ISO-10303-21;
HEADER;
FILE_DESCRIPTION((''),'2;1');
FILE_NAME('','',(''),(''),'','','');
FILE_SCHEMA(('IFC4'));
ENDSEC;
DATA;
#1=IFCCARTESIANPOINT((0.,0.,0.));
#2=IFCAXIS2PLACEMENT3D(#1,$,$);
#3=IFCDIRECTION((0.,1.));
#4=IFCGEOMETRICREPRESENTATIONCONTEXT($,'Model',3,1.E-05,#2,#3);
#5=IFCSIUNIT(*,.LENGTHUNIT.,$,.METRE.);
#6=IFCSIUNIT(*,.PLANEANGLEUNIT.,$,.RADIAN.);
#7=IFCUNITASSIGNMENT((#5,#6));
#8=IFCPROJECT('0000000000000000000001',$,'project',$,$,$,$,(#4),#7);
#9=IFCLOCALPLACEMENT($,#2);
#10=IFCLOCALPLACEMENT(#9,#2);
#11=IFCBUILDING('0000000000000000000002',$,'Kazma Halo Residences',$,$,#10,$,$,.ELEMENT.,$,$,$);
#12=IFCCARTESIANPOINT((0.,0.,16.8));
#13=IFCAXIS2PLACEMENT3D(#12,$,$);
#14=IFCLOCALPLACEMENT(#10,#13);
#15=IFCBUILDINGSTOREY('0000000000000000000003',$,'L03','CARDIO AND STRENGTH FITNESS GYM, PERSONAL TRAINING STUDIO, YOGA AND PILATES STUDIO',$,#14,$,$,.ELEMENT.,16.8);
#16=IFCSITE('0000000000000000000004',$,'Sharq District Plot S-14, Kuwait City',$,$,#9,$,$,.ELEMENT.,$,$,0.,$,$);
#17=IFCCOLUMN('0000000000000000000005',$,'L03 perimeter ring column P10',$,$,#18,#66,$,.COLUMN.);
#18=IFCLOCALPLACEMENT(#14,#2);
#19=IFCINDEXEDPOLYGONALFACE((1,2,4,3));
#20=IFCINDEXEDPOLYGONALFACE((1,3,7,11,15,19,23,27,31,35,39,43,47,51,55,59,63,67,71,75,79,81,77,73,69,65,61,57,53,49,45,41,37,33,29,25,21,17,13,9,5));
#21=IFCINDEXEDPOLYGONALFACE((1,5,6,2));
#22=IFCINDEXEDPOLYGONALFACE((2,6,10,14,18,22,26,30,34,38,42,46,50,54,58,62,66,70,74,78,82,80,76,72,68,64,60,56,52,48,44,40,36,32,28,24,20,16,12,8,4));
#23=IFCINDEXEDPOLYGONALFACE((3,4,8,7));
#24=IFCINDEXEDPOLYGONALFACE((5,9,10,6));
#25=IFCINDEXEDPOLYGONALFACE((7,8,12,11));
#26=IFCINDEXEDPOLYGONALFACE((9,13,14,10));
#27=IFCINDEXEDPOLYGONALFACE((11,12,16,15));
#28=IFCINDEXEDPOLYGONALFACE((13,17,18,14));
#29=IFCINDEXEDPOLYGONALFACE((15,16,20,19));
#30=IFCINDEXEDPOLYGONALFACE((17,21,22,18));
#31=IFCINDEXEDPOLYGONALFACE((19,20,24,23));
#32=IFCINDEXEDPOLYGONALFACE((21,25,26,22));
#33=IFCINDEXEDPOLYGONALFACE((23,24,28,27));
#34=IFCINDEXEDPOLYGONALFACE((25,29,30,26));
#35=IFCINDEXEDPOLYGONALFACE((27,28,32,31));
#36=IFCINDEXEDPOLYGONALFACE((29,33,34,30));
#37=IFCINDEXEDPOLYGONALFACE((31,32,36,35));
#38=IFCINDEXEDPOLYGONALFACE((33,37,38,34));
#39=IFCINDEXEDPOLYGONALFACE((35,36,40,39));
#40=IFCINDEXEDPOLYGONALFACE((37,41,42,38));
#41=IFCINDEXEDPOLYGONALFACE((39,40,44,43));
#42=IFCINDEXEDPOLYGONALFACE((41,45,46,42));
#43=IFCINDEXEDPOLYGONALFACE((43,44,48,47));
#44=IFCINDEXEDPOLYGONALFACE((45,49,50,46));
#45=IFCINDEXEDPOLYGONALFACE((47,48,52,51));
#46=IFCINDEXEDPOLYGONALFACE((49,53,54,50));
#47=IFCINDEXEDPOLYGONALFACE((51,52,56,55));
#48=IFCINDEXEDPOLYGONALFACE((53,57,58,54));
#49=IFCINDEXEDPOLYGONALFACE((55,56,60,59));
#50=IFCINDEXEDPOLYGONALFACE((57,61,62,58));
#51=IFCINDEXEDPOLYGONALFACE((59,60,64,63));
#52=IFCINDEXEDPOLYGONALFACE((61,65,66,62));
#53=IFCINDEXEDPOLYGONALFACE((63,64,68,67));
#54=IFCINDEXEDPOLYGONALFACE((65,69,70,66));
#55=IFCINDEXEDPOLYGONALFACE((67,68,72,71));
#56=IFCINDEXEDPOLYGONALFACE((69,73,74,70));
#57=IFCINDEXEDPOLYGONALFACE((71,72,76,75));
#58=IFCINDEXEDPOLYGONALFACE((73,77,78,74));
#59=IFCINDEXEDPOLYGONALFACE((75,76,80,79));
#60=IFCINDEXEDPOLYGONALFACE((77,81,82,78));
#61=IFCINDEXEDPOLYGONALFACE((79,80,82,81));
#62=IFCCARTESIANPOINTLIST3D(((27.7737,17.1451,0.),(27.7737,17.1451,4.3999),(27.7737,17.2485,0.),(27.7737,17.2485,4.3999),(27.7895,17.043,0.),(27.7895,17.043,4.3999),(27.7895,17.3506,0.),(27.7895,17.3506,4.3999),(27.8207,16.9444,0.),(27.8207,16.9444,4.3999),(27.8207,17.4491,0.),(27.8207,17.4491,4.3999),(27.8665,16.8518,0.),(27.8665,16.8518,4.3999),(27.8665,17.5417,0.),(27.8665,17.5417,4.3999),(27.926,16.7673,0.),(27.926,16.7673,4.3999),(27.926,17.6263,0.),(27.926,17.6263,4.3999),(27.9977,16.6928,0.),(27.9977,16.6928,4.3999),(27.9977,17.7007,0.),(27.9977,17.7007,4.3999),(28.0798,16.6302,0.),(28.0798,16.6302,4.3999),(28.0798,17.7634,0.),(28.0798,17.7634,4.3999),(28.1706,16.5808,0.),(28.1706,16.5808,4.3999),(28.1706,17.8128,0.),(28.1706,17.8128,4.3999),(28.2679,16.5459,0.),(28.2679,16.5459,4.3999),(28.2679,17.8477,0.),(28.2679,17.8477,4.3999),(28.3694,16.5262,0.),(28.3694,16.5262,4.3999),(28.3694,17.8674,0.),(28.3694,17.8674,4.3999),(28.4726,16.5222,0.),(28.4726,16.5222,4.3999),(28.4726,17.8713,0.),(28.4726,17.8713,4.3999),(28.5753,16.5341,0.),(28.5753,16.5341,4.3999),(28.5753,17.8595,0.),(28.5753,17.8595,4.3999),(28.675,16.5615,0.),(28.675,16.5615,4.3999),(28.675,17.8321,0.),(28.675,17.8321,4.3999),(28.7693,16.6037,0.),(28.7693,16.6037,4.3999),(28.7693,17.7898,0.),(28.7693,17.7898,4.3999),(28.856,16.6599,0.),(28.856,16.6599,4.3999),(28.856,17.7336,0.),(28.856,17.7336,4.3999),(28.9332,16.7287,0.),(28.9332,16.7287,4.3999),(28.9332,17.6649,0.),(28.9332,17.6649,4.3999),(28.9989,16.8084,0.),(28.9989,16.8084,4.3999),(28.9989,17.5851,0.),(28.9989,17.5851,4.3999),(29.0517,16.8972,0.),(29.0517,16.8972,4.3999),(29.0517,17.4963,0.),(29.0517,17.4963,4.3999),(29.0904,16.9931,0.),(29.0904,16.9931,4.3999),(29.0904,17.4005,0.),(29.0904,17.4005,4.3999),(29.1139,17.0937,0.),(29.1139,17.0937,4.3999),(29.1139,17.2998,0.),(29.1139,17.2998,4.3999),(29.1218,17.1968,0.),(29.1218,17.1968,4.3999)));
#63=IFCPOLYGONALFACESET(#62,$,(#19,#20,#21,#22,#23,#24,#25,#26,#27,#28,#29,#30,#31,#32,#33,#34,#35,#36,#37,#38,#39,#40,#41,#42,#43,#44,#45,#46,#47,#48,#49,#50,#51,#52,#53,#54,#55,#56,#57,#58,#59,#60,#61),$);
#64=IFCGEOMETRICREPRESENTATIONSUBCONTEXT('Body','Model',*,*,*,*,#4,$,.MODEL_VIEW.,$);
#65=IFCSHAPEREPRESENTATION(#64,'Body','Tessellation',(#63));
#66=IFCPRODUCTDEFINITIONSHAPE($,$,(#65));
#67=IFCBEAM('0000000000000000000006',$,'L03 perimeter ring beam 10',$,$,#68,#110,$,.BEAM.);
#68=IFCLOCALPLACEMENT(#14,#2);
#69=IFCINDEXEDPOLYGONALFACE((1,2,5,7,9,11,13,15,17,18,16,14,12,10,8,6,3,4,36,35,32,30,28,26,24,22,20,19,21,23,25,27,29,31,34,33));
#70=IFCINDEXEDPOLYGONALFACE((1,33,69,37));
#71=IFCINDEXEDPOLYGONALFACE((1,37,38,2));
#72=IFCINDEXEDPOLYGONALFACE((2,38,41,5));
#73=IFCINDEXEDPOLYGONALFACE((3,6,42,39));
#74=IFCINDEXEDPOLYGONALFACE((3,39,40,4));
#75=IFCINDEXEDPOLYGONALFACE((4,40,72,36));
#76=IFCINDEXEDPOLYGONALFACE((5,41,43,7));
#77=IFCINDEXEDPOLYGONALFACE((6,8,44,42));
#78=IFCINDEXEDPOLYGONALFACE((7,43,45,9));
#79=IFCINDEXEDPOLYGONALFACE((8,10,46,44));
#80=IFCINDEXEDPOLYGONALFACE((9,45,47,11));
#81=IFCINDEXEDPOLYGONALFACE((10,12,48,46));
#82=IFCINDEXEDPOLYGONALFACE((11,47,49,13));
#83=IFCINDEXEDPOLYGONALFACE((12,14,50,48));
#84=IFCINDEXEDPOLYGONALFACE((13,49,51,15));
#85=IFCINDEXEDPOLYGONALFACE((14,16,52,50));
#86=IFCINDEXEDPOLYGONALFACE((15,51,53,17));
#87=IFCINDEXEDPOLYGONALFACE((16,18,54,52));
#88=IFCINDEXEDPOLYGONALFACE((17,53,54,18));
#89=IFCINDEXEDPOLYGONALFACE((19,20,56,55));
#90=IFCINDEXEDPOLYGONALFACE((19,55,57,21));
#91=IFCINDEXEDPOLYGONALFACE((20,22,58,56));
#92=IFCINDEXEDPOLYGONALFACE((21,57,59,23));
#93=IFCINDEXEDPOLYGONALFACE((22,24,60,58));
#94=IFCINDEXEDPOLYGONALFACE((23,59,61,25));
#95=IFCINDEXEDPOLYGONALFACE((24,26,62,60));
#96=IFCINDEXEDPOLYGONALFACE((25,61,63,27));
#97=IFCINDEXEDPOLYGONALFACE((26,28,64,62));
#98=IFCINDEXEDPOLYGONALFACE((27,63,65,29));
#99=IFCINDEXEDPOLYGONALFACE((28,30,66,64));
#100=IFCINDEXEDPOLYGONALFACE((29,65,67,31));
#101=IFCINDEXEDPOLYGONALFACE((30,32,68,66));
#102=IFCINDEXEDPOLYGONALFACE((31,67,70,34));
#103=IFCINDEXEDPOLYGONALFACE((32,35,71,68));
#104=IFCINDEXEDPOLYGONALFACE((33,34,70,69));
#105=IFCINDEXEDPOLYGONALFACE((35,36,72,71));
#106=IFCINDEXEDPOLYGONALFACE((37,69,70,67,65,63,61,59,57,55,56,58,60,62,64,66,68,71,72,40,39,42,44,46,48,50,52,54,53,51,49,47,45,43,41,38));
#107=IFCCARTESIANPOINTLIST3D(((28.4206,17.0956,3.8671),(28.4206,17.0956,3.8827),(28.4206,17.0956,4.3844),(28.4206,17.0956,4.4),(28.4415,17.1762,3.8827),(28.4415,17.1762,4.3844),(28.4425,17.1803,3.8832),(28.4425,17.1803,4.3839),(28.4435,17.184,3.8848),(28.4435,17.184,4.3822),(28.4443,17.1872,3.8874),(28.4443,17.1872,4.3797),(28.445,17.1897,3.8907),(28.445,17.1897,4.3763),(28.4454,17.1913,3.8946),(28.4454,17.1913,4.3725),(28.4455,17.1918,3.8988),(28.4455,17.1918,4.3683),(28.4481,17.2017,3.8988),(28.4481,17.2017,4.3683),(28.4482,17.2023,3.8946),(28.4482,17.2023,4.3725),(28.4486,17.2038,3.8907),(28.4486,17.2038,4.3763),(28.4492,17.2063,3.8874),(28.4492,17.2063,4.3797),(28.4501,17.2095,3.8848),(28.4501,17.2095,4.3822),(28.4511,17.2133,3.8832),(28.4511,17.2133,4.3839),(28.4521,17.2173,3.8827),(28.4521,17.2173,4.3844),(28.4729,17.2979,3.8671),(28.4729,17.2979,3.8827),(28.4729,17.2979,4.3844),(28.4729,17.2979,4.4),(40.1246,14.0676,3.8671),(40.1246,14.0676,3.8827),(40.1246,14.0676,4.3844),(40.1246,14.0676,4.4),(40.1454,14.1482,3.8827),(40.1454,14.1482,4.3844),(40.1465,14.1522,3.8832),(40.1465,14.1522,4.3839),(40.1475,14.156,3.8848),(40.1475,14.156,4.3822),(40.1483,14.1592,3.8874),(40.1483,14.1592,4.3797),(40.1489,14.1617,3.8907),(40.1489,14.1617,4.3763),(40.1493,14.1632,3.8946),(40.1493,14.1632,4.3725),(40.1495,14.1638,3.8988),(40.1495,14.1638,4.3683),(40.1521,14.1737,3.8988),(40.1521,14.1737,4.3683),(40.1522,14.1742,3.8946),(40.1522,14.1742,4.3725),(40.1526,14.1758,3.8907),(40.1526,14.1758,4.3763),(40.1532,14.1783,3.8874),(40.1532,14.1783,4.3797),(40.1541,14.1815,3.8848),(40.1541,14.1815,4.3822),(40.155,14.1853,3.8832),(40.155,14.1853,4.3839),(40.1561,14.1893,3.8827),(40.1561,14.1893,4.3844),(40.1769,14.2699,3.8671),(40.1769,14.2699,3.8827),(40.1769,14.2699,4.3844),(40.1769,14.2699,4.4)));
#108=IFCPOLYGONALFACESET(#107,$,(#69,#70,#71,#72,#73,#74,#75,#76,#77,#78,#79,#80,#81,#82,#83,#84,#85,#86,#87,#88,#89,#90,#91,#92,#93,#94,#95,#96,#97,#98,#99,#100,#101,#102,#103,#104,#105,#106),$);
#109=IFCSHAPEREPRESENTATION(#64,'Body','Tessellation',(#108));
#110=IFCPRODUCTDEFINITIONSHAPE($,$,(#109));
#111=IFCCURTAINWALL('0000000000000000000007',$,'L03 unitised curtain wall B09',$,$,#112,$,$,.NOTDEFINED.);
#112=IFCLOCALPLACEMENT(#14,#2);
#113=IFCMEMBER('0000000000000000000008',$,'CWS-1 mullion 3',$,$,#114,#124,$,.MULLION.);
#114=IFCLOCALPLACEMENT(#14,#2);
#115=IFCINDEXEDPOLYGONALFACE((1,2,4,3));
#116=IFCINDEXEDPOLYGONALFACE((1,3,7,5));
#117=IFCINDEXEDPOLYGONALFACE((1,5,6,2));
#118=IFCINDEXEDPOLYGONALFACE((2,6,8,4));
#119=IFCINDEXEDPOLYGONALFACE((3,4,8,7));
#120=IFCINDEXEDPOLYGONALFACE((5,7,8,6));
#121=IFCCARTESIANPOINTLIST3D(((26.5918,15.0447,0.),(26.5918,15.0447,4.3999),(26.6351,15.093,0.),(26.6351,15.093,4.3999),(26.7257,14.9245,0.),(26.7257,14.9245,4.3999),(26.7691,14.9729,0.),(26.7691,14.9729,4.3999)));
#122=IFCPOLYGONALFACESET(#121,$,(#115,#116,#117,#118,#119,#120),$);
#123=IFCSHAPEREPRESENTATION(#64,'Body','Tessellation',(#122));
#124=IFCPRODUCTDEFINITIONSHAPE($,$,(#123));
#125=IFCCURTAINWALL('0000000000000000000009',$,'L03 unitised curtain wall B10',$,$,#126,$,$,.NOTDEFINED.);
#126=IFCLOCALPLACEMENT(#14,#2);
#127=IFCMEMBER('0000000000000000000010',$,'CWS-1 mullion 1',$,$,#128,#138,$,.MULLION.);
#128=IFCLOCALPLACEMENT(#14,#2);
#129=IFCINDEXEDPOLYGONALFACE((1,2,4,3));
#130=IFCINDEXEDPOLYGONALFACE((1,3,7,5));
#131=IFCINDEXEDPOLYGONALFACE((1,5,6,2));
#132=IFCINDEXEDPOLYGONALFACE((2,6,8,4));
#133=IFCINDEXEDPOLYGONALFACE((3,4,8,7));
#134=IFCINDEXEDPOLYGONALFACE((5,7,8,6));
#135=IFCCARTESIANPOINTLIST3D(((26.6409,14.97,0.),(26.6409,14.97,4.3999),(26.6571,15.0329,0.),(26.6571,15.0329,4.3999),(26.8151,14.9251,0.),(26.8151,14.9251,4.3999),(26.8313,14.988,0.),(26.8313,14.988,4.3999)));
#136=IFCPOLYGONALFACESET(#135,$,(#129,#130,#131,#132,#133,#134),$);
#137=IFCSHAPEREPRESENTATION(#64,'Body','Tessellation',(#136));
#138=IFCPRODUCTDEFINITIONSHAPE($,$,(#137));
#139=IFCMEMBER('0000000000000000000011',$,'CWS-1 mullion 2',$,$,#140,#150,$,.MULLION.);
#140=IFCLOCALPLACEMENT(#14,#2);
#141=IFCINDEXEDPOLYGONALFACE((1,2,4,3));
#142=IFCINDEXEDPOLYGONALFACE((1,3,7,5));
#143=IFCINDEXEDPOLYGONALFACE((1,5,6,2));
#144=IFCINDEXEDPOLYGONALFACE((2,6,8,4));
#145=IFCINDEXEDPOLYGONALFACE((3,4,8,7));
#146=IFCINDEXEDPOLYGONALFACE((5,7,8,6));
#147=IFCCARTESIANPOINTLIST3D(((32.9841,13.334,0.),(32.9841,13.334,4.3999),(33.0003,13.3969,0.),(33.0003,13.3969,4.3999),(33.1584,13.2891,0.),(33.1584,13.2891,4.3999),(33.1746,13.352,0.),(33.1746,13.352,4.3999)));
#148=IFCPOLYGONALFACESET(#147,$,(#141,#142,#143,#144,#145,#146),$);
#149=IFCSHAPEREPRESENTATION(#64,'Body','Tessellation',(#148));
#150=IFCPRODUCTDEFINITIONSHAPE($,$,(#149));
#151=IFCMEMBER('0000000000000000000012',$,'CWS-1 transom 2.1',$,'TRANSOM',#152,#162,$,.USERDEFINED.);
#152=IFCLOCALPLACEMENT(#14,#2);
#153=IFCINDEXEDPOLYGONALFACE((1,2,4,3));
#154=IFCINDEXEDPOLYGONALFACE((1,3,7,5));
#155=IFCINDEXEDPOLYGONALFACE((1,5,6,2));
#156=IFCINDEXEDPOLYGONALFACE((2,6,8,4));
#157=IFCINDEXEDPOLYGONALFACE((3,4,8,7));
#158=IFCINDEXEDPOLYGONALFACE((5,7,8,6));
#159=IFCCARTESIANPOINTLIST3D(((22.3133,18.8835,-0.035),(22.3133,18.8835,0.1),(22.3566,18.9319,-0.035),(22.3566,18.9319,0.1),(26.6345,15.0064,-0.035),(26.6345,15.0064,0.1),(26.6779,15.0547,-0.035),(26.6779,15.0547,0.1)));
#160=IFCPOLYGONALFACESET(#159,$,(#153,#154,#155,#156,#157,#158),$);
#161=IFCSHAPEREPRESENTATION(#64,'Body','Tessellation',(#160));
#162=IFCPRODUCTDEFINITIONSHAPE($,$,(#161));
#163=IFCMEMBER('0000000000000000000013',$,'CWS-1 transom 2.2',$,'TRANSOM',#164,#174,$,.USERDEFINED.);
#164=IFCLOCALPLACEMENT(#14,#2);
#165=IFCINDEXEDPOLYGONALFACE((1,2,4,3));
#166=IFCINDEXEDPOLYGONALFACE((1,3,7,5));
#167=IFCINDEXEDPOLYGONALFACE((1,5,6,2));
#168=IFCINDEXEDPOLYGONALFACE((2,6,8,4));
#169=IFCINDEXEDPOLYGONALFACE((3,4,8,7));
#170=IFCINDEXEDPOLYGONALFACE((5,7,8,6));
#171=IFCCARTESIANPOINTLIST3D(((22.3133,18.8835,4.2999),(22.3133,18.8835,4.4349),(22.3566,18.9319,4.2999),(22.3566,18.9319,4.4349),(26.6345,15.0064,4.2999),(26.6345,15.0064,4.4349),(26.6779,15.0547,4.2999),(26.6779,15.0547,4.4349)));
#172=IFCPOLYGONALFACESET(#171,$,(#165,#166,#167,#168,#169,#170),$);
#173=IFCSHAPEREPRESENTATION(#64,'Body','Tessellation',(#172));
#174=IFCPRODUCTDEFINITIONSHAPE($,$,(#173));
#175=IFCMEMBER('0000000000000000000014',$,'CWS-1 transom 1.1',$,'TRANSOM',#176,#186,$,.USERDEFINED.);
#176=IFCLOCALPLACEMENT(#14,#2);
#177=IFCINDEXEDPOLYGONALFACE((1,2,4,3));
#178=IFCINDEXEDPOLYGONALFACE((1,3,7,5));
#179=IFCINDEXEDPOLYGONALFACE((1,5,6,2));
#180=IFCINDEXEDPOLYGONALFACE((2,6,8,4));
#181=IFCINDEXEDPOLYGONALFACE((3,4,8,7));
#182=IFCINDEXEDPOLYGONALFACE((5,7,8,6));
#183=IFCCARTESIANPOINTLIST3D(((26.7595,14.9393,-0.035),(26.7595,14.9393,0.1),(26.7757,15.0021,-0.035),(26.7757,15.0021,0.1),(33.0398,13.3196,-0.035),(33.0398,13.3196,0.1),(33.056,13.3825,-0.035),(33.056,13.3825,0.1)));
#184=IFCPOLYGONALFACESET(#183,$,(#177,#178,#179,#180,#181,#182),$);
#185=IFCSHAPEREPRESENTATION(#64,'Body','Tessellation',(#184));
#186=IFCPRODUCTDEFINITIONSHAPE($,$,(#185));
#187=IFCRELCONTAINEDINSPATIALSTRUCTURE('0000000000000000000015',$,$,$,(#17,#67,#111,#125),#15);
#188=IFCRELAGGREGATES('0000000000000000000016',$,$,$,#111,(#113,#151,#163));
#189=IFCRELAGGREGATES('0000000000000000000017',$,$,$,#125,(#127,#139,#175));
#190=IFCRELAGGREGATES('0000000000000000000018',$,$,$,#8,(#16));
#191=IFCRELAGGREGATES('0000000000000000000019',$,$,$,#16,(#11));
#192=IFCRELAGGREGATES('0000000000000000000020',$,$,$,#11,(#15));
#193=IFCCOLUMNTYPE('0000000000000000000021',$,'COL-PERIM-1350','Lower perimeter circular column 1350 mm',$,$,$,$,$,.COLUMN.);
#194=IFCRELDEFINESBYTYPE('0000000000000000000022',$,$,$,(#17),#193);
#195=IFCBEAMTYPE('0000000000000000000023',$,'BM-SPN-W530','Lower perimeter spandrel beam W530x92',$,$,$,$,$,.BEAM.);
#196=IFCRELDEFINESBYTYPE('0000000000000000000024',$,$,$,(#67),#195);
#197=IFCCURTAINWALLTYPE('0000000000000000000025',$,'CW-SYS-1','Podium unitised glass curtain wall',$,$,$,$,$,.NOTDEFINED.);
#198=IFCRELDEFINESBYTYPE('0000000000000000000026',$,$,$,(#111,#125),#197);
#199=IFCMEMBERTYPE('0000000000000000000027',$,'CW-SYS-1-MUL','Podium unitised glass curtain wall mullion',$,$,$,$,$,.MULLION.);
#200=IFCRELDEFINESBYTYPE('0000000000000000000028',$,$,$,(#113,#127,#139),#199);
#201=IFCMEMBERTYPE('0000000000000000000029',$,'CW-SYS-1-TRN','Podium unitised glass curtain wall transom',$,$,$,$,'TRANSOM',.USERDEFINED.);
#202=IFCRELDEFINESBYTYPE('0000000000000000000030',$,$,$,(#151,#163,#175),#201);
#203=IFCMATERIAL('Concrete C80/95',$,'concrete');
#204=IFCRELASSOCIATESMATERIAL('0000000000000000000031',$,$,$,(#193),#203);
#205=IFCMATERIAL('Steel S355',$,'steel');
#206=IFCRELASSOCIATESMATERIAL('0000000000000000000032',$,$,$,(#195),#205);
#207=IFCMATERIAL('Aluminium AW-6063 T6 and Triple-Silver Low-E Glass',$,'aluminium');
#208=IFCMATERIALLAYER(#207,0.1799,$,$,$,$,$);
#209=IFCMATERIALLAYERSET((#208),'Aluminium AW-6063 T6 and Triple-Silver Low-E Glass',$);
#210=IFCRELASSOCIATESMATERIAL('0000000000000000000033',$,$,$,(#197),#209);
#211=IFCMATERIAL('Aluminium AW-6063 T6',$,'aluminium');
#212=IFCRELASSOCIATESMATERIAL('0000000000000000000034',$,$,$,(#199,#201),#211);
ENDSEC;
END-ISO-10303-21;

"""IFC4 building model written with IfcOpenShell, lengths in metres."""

from ifc_helpers import new_model, si_unit, direction, frame, origin, origin_2d, place, context, subcontext, project, spatial, rectangle, circle, i_section, extrude, material, layer, layer_set, material_profile, profile_set, type_object, element, aggregate, save


model = new_model("IFC4")

# Units and contexts
model_context = context("Model", 3, precision=1e-05, world=origin(), true_north=direction((0.0, 1.0)))
body_context = subcontext(model_context, "Body", "Model", "MODEL_VIEW")
ifc_project = project(units=[si_unit("LENGTHUNIT", "METRE"), si_unit("PLANEANGLEUNIT", "RADIAN")], contexts=[model_context])

# Site, building, storey
site_placement = place(None, origin())
site = spatial("IfcSite", under=ifc_project, at=site_placement, Name="Sharq District Plot S-14, Kuwait City", CompositionType="ELEMENT", RefElevation=0.0)
building_placement = place(site_placement, origin())
building = spatial("IfcBuilding", under=site, at=building_placement, Name="Kazma Halo Residences", CompositionType="ELEMENT")
storey_placement = place(building_placement, frame((0.0, 0.0, 16.8)))
storey = spatial("IfcBuildingStorey", under=building, at=storey_placement, Name="L03", Description="CARDIO AND STRENGTH FITNESS GYM, PERSONAL TRAINING STUDIO, YOGA AND PILATES STUDIO", CompositionType="ELEMENT", Elevation=16.8)

# Column
ifc_material_1 = material(Name="Concrete C80/95", Category="concrete")
ifc_material_profile_1 = material_profile(ifc_material_1, circle(Radius=0.675, at=origin_2d()), Name="CIRC1350")
ifc_profile_set_1 = profile_set([ifc_material_profile_1], Name="Concrete C80/95")
column_type = type_object("IfcColumnType", Name="COL-PERIM-1350", Description="Lower perimeter circular column 1350 mm", PredefinedType="COLUMN", material=ifc_profile_set_1)
column_placement = place(storey_placement, frame((28.4468, 17.1968, 0.0), z_axis=(0.0, 0.0, 1.0), x_axis=(1.0, 0.0, 0.0)))
element("IfcColumn", 1, at=column_placement, inside=storey, type_object=column_type, Name="L03 perimeter ring column P10", PredefinedType="COLUMN", context=body_context, shape_type="SweptSolid", body=[
    extrude(circle(Radius=0.675, at=origin_2d()), origin(), (0.0, 0.0, 1.0), 4.3999),
])

# Beam
ifc_material_2 = material(Name="Steel S355", Category="steel")
ifc_material_profile_2 = material_profile(ifc_material_2, i_section(OverallWidth=0.209, OverallDepth=0.533, WebThickness=0.0103, FlangeThickness=0.0156, FilletRadius=0.0161, at=origin_2d()), Name="W530x92")
ifc_profile_set_2 = profile_set([ifc_material_profile_2], Name="Steel S355")
beam_type = type_object("IfcBeamType", Name="BM-SPN-W530", Description="Lower perimeter spandrel beam W530x92", PredefinedType="BEAM", material=ifc_profile_set_2)
beam_placement = place(storey_placement, frame((28.4468, 17.1968, 4.1335), z_axis=(0.968124, -0.250472, 0.0), x_axis=(0.250472, 0.968124, 0.0)))
element("IfcBeam", 2, at=beam_placement, inside=storey, type_object=beam_type, Name="L03 perimeter ring beam 10", PredefinedType="BEAM", context=body_context, shape_type="SweptSolid", body=[
    extrude(i_section(OverallWidth=0.209, OverallDepth=0.533, WebThickness=0.0103, FlangeThickness=0.0156, FilletRadius=0.0161, at=origin_2d()), origin(), (0.0, 0.0, 1.0), 12.0894),
])

# Curtain wall, member
ifc_material_3 = material(Name="Aluminium AW-6063 T6 and Triple-Silver Low-E Glass", Category="aluminium")
ifc_layer_1 = layer(ifc_material_3, 0.1799)
ifc_layer_set_1 = layer_set([ifc_layer_1], Name="Aluminium AW-6063 T6 and Triple-Silver Low-E Glass")
curtain_wall_type = type_object("IfcCurtainWallType", Name="CW-SYS-1", Description="Podium unitised glass curtain wall", PredefinedType="NOTDEFINED", material=ifc_layer_set_1)
curtain_wall_1_placement = place(storey_placement, origin())
curtain_wall_1 = element("IfcCurtainWall", 3, at=curtain_wall_1_placement, inside=storey, type_object=curtain_wall_type, Name="L03 unitised curtain wall B09", PredefinedType="NOTDEFINED")
ifc_material_4 = material(Name="Aluminium AW-6063 T6", Category="aluminium")
ifc_material_profile_3 = material_profile(ifc_material_4, rectangle(XDim=0.0649, YDim=0.1799, at=origin_2d()), Name="CWM-65x180")
ifc_profile_set_3 = profile_set([ifc_material_profile_3], Name="Aluminium AW-6063 T6")
member_type_1 = type_object("IfcMemberType", Name="CW-SYS-1-MUL", Description="Podium unitised glass curtain wall mullion", PredefinedType="MULLION", material=ifc_profile_set_3)
member_1_placement = place(storey_placement, frame((26.6804, 15.0088, 0.0), z_axis=(0.0, 0.0, 1.0), x_axis=(0.667848, 0.744298, 0.0)))
member_1 = element("IfcMember", 4, at=member_1_placement, type_object=member_type_1, Name="CWS-1 mullion 3", PredefinedType="MULLION", context=body_context, shape_type="SweptSolid", body=[
    extrude(rectangle(XDim=0.0649, YDim=0.1799, at=origin_2d()), origin(), (0.0, 0.0, 1.0), 4.3999),
])

# Curtain wall, members
curtain_wall_2_placement = place(storey_placement, origin())
curtain_wall_2 = element("IfcCurtainWall", 5, at=curtain_wall_2_placement, inside=storey, type_object=curtain_wall_type, Name="L03 unitised curtain wall B10", PredefinedType="NOTDEFINED")
member_2_placement = place(storey_placement, frame((26.7361, 14.979, 0.0), z_axis=(0.0, 0.0, 1.0), x_axis=(0.249727, 0.968316, 0.0)))
member_2 = element("IfcMember", 6, at=member_2_placement, type_object=member_type_1, Name="CWS-1 mullion 1", PredefinedType="MULLION", context=body_context, shape_type="SweptSolid", body=[
    extrude(rectangle(XDim=0.0649, YDim=0.1799, at=origin_2d()), origin(), (0.0, 0.0, 1.0), 4.3999),
])
member_3_placement = place(storey_placement, frame((33.0793, 13.343, 0.0), z_axis=(0.0, 0.0, 1.0), x_axis=(0.249727, 0.968316, 0.0)))
member_3 = element("IfcMember", 7, at=member_3_placement, type_object=member_type_1, Name="CWS-1 mullion 2", PredefinedType="MULLION", context=body_context, shape_type="SweptSolid", body=[
    extrude(rectangle(XDim=0.0649, YDim=0.1799, at=origin_2d()), origin(), (0.0, 0.0, 1.0), 4.3999),
])

# Members
ifc_material_profile_4 = material_profile(ifc_material_4, rectangle(XDim=0.0649, YDim=0.135, at=origin_2d()), Name="CWT-65x135")
ifc_profile_set_4 = profile_set([ifc_material_profile_4], Name="Aluminium AW-6063 T6")
member_type_2 = type_object("IfcMemberType", Name="CW-SYS-1-TRN", Description="Podium unitised glass curtain wall transom", ElementType="TRANSOM", PredefinedType="USERDEFINED", material=ifc_profile_set_4)
member_4_placement = place(storey_placement, frame((22.335, 18.9077, 0.0325), z_axis=(0.744318, -0.667826, 0.0), x_axis=(0.667826, 0.744318, 0.0)))
member_4 = element("IfcMember", 8, at=member_4_placement, type_object=member_type_2, Name="CWS-1 transom 2.1", ObjectType="TRANSOM", PredefinedType="USERDEFINED", context=body_context, shape_type="SweptSolid", body=[
    extrude(rectangle(XDim=0.0649, YDim=0.135, at=origin_2d()), origin(), (0.0, 0.0, 1.0), 5.8057),
])
member_5_placement = place(storey_placement, frame((22.335, 18.9077, 4.3674), z_axis=(0.744318, -0.667826, 0.0), x_axis=(0.667826, 0.744318, 0.0)))
member_5 = element("IfcMember", 9, at=member_5_placement, type_object=member_type_2, Name="CWS-1 transom 2.2", ObjectType="TRANSOM", PredefinedType="USERDEFINED", context=body_context, shape_type="SweptSolid", body=[
    extrude(rectangle(XDim=0.0649, YDim=0.135, at=origin_2d()), origin(), (0.0, 0.0, 1.0), 5.8057),
])
member_6_placement = place(storey_placement, frame((26.7676, 14.9707, 0.0325), z_axis=(0.968318, -0.249721, 0.0), x_axis=(0.249721, 0.968318, 0.0)))
member_6 = element("IfcMember", 10, at=member_6_placement, type_object=member_type_2, Name="CWS-1 transom 1.1", ObjectType="TRANSOM", PredefinedType="USERDEFINED", context=body_context, shape_type="SweptSolid", body=[
    extrude(rectangle(XDim=0.0649, YDim=0.135, at=origin_2d()), origin(), (0.0, 0.0, 1.0), 6.4858),
])

aggregate(curtain_wall_1, [member_1, member_4, member_5])
aggregate(curtain_wall_2, [member_2, member_3, member_6])

save(model, "model.ifc")
